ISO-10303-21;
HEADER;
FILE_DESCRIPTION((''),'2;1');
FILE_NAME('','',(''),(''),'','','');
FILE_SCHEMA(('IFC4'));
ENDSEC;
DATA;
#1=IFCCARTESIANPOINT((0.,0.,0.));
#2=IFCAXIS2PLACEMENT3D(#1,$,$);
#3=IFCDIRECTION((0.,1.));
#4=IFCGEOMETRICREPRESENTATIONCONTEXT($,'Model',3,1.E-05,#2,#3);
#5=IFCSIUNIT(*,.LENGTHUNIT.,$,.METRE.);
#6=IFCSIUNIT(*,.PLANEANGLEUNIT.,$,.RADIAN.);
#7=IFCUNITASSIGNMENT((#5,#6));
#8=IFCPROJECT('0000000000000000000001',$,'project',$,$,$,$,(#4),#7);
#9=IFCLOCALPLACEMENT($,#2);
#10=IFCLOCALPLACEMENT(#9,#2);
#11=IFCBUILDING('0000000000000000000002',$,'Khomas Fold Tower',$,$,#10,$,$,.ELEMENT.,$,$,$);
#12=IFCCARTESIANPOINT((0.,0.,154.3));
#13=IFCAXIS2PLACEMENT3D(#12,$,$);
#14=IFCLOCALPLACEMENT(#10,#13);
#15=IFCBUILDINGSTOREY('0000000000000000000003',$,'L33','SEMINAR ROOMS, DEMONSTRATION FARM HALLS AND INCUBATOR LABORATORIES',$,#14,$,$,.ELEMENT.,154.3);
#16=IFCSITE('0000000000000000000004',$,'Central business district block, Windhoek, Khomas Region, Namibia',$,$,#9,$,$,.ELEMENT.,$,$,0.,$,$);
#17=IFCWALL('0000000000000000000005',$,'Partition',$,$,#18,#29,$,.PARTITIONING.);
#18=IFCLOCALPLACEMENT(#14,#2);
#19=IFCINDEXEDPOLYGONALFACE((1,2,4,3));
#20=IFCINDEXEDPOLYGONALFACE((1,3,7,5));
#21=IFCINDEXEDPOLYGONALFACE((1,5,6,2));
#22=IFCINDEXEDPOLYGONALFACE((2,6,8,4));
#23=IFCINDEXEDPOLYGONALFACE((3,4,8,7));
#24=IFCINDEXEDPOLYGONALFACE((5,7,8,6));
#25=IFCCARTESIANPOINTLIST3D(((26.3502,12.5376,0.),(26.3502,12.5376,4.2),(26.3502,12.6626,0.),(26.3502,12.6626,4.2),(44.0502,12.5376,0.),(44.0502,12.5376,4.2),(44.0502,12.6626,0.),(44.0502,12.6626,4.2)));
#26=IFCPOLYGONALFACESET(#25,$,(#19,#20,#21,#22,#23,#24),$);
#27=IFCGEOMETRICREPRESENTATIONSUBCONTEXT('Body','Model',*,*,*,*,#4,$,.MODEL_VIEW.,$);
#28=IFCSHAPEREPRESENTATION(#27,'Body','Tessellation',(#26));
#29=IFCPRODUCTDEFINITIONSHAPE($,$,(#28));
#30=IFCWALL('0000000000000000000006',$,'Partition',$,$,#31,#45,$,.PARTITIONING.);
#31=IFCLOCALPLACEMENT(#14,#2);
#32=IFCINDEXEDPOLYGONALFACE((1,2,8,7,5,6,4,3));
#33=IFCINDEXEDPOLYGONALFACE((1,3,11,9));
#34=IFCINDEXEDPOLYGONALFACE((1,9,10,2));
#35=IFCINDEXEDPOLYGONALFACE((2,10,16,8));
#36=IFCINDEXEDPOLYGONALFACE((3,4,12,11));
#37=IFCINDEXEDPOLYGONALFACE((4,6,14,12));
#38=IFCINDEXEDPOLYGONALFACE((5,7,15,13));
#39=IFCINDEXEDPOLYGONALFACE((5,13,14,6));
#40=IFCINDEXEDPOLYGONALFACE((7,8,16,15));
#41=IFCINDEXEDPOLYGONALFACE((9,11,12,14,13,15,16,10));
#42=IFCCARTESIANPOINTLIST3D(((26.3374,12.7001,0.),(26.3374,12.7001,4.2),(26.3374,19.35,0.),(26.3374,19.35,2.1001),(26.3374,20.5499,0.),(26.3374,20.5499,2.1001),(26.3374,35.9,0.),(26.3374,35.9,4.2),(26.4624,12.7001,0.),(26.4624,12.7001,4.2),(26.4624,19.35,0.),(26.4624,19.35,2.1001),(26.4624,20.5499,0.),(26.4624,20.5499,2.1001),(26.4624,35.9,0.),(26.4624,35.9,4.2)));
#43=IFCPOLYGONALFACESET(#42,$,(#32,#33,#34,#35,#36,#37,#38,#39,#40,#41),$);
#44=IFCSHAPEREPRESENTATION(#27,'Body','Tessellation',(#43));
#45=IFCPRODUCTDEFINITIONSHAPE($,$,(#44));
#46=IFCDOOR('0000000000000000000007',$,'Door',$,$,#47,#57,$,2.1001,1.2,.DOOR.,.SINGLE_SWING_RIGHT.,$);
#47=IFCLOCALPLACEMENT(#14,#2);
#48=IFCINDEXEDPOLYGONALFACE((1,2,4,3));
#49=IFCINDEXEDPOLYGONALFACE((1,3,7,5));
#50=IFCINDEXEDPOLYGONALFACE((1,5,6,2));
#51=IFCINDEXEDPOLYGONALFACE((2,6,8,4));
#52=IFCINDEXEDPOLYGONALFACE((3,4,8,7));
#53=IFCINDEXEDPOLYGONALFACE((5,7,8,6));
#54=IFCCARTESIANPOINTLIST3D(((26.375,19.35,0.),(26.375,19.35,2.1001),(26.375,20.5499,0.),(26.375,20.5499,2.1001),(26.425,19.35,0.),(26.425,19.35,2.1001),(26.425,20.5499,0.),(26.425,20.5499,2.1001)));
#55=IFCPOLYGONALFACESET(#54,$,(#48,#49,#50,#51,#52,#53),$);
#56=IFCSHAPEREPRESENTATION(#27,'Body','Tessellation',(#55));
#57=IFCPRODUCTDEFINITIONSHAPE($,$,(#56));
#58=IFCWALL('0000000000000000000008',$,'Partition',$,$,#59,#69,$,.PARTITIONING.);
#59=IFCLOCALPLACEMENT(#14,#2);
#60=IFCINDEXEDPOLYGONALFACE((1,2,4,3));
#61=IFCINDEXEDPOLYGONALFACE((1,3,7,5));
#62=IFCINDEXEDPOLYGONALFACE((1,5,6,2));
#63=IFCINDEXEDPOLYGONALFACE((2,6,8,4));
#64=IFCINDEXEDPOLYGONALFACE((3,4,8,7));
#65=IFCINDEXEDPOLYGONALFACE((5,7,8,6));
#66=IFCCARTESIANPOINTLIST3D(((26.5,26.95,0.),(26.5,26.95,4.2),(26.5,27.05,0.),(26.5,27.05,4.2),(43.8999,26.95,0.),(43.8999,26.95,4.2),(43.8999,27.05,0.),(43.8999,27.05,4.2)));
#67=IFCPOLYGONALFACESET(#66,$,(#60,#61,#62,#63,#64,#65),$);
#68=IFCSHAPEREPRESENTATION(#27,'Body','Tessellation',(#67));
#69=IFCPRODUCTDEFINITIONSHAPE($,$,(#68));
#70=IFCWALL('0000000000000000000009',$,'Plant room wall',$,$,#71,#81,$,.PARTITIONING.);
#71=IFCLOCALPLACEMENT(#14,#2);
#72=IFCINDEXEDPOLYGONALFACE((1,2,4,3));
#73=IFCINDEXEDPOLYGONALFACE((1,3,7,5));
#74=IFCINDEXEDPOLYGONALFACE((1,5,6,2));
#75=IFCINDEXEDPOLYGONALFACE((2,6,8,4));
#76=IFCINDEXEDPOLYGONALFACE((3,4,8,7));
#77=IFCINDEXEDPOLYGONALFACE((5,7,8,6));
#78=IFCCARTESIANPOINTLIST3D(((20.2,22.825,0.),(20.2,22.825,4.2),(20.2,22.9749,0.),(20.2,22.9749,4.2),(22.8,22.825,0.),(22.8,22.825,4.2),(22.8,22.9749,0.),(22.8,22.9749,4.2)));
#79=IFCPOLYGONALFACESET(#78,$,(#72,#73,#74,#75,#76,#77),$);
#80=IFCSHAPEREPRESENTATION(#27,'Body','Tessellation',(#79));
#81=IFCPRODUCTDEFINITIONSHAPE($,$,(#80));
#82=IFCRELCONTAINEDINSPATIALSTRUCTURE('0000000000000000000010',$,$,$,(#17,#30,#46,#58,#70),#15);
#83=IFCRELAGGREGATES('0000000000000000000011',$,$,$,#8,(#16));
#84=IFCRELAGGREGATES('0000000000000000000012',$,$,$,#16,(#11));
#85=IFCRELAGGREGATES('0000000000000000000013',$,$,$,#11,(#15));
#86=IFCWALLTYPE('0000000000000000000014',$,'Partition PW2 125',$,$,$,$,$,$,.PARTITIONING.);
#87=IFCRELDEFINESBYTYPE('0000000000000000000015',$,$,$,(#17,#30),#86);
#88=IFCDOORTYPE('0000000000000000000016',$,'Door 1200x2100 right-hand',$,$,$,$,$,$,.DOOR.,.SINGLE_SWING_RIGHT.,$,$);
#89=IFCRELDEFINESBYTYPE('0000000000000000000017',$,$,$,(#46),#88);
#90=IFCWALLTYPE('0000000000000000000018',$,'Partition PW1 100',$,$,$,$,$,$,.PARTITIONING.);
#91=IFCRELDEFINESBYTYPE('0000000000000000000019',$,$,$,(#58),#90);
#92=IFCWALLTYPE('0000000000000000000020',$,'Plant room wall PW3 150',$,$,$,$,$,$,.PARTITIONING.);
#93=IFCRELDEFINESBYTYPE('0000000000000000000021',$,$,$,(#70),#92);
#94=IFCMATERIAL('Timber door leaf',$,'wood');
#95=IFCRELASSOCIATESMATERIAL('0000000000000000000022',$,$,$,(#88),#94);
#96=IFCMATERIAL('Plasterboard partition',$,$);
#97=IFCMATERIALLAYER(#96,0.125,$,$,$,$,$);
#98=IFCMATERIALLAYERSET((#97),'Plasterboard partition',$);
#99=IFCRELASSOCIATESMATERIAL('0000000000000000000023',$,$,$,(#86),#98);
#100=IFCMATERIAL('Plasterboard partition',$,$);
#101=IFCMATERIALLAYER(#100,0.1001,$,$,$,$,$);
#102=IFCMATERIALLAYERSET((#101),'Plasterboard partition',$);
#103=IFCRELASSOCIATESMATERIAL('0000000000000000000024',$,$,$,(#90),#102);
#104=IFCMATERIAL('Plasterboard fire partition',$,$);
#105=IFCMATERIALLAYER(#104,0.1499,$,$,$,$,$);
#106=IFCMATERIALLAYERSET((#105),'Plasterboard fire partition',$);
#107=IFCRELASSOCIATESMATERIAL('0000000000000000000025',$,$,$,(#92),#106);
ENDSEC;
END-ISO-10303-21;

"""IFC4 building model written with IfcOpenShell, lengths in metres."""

from ifc_helpers import new_model, si_unit, direction, frame, frame_2d, origin, place, context, subcontext, project, spatial, rectangle, extrude, source, transform, mapped, material, layer, layer_set, type_object, element, fill, save


model = new_model("IFC4")

# Units and contexts
model_context = context("Model", 3, precision=1e-05, world=origin(), true_north=direction((0.0, 1.0)))
body_context = subcontext(model_context, "Body", "Model", "MODEL_VIEW")
ifc_project = project(units=[si_unit("LENGTHUNIT", "METRE"), si_unit("PLANEANGLEUNIT", "RADIAN")], contexts=[model_context])

# Site, building, storey
site_placement = place(None, origin())
site = spatial("IfcSite", under=ifc_project, at=site_placement, Name="Central business district block, Windhoek, Khomas Region, Namibia", CompositionType="ELEMENT", RefElevation=0.0)
building_placement = place(site_placement, origin())
building = spatial("IfcBuilding", under=site, at=building_placement, Name="Khomas Fold Tower", CompositionType="ELEMENT")
storey_placement = place(building_placement, frame((0.0, 0.0, 154.3)))
storey = spatial("IfcBuildingStorey", under=building, at=storey_placement, Name="L33", Description="SEMINAR ROOMS, DEMONSTRATION FARM HALLS AND INCUBATOR LABORATORIES", CompositionType="ELEMENT", Elevation=154.3)

# Shared definitions
ifc_material_1 = material(Name="Timber door leaf", Category="wood")
door_type_1 = type_object("IfcDoorType", Name="Door 1200x2100 right-hand", OperationType="SINGLE_SWING_RIGHT", PredefinedType="DOOR", material=ifc_material_1)

# Shared definitions
ifc_material_2 = material(Name="Plasterboard partition")
ifc_layer_1 = layer(ifc_material_2, 0.125)
ifc_layer_set_1 = layer_set([ifc_layer_1], Name="Plasterboard partition")
wall_type_1 = type_object("IfcWallType", Name="Partition PW2 125", PredefinedType="PARTITIONING", material=ifc_layer_set_1)
shared_shape_1 = source(origin(), body_context, "Body", "SweptSolid", [
    extrude(rectangle(XDim=1.2, YDim=2.1001, at=frame_2d((0.6001, 1.05))), frame((0.0, 0.0725, 0.0), z_axis=(0.0, -1.0, 0.0), x_axis=(1.0, 0.0, 0.0)), (0.0, 0.0, 1.0), 0.145),
])
shared_shape_2 = source(origin(), body_context, "Body", "SweptSolid", [
    extrude(rectangle(XDim=1.2, YDim=2.1001, at=frame_2d((0.6001, 1.05))), frame((0.0, 0.0249, 0.0), z_axis=(0.0, -1.0, 0.0), x_axis=(1.0, 0.0, 0.0)), (0.0, 0.0, 1.0), 0.05),
])

# Wall
shared_shape_3 = source(origin(), body_context, "Body", "SweptSolid", [
    extrude(rectangle(XDim=17.7, YDim=0.125, at=frame_2d((8.8501, 0.0))), origin(), (0.0, 0.0, 1.0), 4.2),
])
wall_1_placement = place(storey_placement, frame((26.3501, 12.6001, 0.0), z_axis=(0.0, 0.0, 1.0), x_axis=(1.0, 0.0, 0.0)))
element("IfcWall", 1, at=wall_1_placement, inside=storey, type_object=wall_type_1, Name="Partition", PredefinedType="PARTITIONING", context=body_context, shape_type="MappedRepresentation", body=[
    mapped(shared_shape_3, transform((0.0, 0.0, 0.0))),
])

# Wall, opening, door
shared_shape_4 = source(origin(), body_context, "Body", "SweptSolid", [
    extrude(rectangle(XDim=23.2, YDim=0.125, at=frame_2d((11.6001, 0.0))), origin(), (0.0, 0.0, 1.0), 4.2),
])
wall_2_placement = place(storey_placement, frame((26.3999, 12.7, 0.0), z_axis=(0.0, 0.0, 1.0), x_axis=(0.0, 1.0, 0.0)))
wall_2 = element("IfcWall", 2, at=wall_2_placement, inside=storey, type_object=wall_type_1, Name="Partition", PredefinedType="PARTITIONING", context=body_context, shape_type="MappedRepresentation", body=[
    mapped(shared_shape_4, transform((0.0, 0.0, 0.0))),
])
opening_1_placement = place(wall_2_placement, frame((6.6499, 0.0, 0.0)))
opening_1 = element("IfcOpeningElement", 3, at=opening_1_placement, cuts=wall_2, PredefinedType="OPENING", context=body_context, shape_type="MappedRepresentation", body=[
    mapped(shared_shape_1, transform((0.0, 0.0, 0.0))),
])
door_1_placement = place(opening_1_placement, origin())
door_1 = element("IfcDoor", 4, at=door_1_placement, inside=storey, type_object=door_type_1, Name="Door", OperationType="SINGLE_SWING_RIGHT", OverallHeight=2.1001, OverallWidth=1.2, PredefinedType="DOOR", context=body_context, shape_type="MappedRepresentation", body=[
    mapped(shared_shape_2, transform((0.0, 0.0, 0.0))),
])
fill(opening_1, door_1)

# Walls
ifc_material_3 = material(Name="Plasterboard partition")
ifc_layer_2 = layer(ifc_material_3, 0.1001)
ifc_layer_set_2 = layer_set([ifc_layer_2], Name="Plasterboard partition")
wall_type_2 = type_object("IfcWallType", Name="Partition PW1 100", PredefinedType="PARTITIONING", material=ifc_layer_set_2)
shared_shape_5 = source(origin(), body_context, "Body", "SweptSolid", [
    extrude(rectangle(XDim=17.3999, YDim=0.1001, at=frame_2d((8.7, 0.0))), origin(), (0.0, 0.0, 1.0), 4.2),
])
wall_3_placement = place(storey_placement, frame((26.5, 27.0, 0.0), z_axis=(0.0, 0.0, 1.0), x_axis=(1.0, 0.0, 0.0)))
element("IfcWall", 5, at=wall_3_placement, inside=storey, type_object=wall_type_2, Name="Partition", PredefinedType="PARTITIONING", context=body_context, shape_type="MappedRepresentation", body=[
    mapped(shared_shape_5, transform((0.0, 0.0, 0.0))),
])
ifc_material_4 = material(Name="Plasterboard fire partition")
ifc_layer_3 = layer(ifc_material_4, 0.1499)
ifc_layer_set_3 = layer_set([ifc_layer_3], Name="Plasterboard fire partition")
wall_type_3 = type_object("IfcWallType", Name="Plant room wall PW3 150", PredefinedType="PARTITIONING", material=ifc_layer_set_3)
shared_shape_6 = source(origin(), body_context, "Body", "SweptSolid", [
    extrude(rectangle(XDim=2.6001, YDim=0.1499, at=frame_2d((1.3, 0.0))), origin(), (0.0, 0.0, 1.0), 4.2),
])
wall_4_placement = place(storey_placement, frame((20.2, 22.8999, 0.0), z_axis=(0.0, 0.0, 1.0), x_axis=(1.0, 0.0, 0.0)))
element("IfcWall", 6, at=wall_4_placement, inside=storey, type_object=wall_type_3, Name="Plant room wall", PredefinedType="PARTITIONING", context=body_context, shape_type="MappedRepresentation", body=[
    mapped(shared_shape_6, transform((0.0, 0.0, 0.0))),
])

save(model, "model.ifc")
